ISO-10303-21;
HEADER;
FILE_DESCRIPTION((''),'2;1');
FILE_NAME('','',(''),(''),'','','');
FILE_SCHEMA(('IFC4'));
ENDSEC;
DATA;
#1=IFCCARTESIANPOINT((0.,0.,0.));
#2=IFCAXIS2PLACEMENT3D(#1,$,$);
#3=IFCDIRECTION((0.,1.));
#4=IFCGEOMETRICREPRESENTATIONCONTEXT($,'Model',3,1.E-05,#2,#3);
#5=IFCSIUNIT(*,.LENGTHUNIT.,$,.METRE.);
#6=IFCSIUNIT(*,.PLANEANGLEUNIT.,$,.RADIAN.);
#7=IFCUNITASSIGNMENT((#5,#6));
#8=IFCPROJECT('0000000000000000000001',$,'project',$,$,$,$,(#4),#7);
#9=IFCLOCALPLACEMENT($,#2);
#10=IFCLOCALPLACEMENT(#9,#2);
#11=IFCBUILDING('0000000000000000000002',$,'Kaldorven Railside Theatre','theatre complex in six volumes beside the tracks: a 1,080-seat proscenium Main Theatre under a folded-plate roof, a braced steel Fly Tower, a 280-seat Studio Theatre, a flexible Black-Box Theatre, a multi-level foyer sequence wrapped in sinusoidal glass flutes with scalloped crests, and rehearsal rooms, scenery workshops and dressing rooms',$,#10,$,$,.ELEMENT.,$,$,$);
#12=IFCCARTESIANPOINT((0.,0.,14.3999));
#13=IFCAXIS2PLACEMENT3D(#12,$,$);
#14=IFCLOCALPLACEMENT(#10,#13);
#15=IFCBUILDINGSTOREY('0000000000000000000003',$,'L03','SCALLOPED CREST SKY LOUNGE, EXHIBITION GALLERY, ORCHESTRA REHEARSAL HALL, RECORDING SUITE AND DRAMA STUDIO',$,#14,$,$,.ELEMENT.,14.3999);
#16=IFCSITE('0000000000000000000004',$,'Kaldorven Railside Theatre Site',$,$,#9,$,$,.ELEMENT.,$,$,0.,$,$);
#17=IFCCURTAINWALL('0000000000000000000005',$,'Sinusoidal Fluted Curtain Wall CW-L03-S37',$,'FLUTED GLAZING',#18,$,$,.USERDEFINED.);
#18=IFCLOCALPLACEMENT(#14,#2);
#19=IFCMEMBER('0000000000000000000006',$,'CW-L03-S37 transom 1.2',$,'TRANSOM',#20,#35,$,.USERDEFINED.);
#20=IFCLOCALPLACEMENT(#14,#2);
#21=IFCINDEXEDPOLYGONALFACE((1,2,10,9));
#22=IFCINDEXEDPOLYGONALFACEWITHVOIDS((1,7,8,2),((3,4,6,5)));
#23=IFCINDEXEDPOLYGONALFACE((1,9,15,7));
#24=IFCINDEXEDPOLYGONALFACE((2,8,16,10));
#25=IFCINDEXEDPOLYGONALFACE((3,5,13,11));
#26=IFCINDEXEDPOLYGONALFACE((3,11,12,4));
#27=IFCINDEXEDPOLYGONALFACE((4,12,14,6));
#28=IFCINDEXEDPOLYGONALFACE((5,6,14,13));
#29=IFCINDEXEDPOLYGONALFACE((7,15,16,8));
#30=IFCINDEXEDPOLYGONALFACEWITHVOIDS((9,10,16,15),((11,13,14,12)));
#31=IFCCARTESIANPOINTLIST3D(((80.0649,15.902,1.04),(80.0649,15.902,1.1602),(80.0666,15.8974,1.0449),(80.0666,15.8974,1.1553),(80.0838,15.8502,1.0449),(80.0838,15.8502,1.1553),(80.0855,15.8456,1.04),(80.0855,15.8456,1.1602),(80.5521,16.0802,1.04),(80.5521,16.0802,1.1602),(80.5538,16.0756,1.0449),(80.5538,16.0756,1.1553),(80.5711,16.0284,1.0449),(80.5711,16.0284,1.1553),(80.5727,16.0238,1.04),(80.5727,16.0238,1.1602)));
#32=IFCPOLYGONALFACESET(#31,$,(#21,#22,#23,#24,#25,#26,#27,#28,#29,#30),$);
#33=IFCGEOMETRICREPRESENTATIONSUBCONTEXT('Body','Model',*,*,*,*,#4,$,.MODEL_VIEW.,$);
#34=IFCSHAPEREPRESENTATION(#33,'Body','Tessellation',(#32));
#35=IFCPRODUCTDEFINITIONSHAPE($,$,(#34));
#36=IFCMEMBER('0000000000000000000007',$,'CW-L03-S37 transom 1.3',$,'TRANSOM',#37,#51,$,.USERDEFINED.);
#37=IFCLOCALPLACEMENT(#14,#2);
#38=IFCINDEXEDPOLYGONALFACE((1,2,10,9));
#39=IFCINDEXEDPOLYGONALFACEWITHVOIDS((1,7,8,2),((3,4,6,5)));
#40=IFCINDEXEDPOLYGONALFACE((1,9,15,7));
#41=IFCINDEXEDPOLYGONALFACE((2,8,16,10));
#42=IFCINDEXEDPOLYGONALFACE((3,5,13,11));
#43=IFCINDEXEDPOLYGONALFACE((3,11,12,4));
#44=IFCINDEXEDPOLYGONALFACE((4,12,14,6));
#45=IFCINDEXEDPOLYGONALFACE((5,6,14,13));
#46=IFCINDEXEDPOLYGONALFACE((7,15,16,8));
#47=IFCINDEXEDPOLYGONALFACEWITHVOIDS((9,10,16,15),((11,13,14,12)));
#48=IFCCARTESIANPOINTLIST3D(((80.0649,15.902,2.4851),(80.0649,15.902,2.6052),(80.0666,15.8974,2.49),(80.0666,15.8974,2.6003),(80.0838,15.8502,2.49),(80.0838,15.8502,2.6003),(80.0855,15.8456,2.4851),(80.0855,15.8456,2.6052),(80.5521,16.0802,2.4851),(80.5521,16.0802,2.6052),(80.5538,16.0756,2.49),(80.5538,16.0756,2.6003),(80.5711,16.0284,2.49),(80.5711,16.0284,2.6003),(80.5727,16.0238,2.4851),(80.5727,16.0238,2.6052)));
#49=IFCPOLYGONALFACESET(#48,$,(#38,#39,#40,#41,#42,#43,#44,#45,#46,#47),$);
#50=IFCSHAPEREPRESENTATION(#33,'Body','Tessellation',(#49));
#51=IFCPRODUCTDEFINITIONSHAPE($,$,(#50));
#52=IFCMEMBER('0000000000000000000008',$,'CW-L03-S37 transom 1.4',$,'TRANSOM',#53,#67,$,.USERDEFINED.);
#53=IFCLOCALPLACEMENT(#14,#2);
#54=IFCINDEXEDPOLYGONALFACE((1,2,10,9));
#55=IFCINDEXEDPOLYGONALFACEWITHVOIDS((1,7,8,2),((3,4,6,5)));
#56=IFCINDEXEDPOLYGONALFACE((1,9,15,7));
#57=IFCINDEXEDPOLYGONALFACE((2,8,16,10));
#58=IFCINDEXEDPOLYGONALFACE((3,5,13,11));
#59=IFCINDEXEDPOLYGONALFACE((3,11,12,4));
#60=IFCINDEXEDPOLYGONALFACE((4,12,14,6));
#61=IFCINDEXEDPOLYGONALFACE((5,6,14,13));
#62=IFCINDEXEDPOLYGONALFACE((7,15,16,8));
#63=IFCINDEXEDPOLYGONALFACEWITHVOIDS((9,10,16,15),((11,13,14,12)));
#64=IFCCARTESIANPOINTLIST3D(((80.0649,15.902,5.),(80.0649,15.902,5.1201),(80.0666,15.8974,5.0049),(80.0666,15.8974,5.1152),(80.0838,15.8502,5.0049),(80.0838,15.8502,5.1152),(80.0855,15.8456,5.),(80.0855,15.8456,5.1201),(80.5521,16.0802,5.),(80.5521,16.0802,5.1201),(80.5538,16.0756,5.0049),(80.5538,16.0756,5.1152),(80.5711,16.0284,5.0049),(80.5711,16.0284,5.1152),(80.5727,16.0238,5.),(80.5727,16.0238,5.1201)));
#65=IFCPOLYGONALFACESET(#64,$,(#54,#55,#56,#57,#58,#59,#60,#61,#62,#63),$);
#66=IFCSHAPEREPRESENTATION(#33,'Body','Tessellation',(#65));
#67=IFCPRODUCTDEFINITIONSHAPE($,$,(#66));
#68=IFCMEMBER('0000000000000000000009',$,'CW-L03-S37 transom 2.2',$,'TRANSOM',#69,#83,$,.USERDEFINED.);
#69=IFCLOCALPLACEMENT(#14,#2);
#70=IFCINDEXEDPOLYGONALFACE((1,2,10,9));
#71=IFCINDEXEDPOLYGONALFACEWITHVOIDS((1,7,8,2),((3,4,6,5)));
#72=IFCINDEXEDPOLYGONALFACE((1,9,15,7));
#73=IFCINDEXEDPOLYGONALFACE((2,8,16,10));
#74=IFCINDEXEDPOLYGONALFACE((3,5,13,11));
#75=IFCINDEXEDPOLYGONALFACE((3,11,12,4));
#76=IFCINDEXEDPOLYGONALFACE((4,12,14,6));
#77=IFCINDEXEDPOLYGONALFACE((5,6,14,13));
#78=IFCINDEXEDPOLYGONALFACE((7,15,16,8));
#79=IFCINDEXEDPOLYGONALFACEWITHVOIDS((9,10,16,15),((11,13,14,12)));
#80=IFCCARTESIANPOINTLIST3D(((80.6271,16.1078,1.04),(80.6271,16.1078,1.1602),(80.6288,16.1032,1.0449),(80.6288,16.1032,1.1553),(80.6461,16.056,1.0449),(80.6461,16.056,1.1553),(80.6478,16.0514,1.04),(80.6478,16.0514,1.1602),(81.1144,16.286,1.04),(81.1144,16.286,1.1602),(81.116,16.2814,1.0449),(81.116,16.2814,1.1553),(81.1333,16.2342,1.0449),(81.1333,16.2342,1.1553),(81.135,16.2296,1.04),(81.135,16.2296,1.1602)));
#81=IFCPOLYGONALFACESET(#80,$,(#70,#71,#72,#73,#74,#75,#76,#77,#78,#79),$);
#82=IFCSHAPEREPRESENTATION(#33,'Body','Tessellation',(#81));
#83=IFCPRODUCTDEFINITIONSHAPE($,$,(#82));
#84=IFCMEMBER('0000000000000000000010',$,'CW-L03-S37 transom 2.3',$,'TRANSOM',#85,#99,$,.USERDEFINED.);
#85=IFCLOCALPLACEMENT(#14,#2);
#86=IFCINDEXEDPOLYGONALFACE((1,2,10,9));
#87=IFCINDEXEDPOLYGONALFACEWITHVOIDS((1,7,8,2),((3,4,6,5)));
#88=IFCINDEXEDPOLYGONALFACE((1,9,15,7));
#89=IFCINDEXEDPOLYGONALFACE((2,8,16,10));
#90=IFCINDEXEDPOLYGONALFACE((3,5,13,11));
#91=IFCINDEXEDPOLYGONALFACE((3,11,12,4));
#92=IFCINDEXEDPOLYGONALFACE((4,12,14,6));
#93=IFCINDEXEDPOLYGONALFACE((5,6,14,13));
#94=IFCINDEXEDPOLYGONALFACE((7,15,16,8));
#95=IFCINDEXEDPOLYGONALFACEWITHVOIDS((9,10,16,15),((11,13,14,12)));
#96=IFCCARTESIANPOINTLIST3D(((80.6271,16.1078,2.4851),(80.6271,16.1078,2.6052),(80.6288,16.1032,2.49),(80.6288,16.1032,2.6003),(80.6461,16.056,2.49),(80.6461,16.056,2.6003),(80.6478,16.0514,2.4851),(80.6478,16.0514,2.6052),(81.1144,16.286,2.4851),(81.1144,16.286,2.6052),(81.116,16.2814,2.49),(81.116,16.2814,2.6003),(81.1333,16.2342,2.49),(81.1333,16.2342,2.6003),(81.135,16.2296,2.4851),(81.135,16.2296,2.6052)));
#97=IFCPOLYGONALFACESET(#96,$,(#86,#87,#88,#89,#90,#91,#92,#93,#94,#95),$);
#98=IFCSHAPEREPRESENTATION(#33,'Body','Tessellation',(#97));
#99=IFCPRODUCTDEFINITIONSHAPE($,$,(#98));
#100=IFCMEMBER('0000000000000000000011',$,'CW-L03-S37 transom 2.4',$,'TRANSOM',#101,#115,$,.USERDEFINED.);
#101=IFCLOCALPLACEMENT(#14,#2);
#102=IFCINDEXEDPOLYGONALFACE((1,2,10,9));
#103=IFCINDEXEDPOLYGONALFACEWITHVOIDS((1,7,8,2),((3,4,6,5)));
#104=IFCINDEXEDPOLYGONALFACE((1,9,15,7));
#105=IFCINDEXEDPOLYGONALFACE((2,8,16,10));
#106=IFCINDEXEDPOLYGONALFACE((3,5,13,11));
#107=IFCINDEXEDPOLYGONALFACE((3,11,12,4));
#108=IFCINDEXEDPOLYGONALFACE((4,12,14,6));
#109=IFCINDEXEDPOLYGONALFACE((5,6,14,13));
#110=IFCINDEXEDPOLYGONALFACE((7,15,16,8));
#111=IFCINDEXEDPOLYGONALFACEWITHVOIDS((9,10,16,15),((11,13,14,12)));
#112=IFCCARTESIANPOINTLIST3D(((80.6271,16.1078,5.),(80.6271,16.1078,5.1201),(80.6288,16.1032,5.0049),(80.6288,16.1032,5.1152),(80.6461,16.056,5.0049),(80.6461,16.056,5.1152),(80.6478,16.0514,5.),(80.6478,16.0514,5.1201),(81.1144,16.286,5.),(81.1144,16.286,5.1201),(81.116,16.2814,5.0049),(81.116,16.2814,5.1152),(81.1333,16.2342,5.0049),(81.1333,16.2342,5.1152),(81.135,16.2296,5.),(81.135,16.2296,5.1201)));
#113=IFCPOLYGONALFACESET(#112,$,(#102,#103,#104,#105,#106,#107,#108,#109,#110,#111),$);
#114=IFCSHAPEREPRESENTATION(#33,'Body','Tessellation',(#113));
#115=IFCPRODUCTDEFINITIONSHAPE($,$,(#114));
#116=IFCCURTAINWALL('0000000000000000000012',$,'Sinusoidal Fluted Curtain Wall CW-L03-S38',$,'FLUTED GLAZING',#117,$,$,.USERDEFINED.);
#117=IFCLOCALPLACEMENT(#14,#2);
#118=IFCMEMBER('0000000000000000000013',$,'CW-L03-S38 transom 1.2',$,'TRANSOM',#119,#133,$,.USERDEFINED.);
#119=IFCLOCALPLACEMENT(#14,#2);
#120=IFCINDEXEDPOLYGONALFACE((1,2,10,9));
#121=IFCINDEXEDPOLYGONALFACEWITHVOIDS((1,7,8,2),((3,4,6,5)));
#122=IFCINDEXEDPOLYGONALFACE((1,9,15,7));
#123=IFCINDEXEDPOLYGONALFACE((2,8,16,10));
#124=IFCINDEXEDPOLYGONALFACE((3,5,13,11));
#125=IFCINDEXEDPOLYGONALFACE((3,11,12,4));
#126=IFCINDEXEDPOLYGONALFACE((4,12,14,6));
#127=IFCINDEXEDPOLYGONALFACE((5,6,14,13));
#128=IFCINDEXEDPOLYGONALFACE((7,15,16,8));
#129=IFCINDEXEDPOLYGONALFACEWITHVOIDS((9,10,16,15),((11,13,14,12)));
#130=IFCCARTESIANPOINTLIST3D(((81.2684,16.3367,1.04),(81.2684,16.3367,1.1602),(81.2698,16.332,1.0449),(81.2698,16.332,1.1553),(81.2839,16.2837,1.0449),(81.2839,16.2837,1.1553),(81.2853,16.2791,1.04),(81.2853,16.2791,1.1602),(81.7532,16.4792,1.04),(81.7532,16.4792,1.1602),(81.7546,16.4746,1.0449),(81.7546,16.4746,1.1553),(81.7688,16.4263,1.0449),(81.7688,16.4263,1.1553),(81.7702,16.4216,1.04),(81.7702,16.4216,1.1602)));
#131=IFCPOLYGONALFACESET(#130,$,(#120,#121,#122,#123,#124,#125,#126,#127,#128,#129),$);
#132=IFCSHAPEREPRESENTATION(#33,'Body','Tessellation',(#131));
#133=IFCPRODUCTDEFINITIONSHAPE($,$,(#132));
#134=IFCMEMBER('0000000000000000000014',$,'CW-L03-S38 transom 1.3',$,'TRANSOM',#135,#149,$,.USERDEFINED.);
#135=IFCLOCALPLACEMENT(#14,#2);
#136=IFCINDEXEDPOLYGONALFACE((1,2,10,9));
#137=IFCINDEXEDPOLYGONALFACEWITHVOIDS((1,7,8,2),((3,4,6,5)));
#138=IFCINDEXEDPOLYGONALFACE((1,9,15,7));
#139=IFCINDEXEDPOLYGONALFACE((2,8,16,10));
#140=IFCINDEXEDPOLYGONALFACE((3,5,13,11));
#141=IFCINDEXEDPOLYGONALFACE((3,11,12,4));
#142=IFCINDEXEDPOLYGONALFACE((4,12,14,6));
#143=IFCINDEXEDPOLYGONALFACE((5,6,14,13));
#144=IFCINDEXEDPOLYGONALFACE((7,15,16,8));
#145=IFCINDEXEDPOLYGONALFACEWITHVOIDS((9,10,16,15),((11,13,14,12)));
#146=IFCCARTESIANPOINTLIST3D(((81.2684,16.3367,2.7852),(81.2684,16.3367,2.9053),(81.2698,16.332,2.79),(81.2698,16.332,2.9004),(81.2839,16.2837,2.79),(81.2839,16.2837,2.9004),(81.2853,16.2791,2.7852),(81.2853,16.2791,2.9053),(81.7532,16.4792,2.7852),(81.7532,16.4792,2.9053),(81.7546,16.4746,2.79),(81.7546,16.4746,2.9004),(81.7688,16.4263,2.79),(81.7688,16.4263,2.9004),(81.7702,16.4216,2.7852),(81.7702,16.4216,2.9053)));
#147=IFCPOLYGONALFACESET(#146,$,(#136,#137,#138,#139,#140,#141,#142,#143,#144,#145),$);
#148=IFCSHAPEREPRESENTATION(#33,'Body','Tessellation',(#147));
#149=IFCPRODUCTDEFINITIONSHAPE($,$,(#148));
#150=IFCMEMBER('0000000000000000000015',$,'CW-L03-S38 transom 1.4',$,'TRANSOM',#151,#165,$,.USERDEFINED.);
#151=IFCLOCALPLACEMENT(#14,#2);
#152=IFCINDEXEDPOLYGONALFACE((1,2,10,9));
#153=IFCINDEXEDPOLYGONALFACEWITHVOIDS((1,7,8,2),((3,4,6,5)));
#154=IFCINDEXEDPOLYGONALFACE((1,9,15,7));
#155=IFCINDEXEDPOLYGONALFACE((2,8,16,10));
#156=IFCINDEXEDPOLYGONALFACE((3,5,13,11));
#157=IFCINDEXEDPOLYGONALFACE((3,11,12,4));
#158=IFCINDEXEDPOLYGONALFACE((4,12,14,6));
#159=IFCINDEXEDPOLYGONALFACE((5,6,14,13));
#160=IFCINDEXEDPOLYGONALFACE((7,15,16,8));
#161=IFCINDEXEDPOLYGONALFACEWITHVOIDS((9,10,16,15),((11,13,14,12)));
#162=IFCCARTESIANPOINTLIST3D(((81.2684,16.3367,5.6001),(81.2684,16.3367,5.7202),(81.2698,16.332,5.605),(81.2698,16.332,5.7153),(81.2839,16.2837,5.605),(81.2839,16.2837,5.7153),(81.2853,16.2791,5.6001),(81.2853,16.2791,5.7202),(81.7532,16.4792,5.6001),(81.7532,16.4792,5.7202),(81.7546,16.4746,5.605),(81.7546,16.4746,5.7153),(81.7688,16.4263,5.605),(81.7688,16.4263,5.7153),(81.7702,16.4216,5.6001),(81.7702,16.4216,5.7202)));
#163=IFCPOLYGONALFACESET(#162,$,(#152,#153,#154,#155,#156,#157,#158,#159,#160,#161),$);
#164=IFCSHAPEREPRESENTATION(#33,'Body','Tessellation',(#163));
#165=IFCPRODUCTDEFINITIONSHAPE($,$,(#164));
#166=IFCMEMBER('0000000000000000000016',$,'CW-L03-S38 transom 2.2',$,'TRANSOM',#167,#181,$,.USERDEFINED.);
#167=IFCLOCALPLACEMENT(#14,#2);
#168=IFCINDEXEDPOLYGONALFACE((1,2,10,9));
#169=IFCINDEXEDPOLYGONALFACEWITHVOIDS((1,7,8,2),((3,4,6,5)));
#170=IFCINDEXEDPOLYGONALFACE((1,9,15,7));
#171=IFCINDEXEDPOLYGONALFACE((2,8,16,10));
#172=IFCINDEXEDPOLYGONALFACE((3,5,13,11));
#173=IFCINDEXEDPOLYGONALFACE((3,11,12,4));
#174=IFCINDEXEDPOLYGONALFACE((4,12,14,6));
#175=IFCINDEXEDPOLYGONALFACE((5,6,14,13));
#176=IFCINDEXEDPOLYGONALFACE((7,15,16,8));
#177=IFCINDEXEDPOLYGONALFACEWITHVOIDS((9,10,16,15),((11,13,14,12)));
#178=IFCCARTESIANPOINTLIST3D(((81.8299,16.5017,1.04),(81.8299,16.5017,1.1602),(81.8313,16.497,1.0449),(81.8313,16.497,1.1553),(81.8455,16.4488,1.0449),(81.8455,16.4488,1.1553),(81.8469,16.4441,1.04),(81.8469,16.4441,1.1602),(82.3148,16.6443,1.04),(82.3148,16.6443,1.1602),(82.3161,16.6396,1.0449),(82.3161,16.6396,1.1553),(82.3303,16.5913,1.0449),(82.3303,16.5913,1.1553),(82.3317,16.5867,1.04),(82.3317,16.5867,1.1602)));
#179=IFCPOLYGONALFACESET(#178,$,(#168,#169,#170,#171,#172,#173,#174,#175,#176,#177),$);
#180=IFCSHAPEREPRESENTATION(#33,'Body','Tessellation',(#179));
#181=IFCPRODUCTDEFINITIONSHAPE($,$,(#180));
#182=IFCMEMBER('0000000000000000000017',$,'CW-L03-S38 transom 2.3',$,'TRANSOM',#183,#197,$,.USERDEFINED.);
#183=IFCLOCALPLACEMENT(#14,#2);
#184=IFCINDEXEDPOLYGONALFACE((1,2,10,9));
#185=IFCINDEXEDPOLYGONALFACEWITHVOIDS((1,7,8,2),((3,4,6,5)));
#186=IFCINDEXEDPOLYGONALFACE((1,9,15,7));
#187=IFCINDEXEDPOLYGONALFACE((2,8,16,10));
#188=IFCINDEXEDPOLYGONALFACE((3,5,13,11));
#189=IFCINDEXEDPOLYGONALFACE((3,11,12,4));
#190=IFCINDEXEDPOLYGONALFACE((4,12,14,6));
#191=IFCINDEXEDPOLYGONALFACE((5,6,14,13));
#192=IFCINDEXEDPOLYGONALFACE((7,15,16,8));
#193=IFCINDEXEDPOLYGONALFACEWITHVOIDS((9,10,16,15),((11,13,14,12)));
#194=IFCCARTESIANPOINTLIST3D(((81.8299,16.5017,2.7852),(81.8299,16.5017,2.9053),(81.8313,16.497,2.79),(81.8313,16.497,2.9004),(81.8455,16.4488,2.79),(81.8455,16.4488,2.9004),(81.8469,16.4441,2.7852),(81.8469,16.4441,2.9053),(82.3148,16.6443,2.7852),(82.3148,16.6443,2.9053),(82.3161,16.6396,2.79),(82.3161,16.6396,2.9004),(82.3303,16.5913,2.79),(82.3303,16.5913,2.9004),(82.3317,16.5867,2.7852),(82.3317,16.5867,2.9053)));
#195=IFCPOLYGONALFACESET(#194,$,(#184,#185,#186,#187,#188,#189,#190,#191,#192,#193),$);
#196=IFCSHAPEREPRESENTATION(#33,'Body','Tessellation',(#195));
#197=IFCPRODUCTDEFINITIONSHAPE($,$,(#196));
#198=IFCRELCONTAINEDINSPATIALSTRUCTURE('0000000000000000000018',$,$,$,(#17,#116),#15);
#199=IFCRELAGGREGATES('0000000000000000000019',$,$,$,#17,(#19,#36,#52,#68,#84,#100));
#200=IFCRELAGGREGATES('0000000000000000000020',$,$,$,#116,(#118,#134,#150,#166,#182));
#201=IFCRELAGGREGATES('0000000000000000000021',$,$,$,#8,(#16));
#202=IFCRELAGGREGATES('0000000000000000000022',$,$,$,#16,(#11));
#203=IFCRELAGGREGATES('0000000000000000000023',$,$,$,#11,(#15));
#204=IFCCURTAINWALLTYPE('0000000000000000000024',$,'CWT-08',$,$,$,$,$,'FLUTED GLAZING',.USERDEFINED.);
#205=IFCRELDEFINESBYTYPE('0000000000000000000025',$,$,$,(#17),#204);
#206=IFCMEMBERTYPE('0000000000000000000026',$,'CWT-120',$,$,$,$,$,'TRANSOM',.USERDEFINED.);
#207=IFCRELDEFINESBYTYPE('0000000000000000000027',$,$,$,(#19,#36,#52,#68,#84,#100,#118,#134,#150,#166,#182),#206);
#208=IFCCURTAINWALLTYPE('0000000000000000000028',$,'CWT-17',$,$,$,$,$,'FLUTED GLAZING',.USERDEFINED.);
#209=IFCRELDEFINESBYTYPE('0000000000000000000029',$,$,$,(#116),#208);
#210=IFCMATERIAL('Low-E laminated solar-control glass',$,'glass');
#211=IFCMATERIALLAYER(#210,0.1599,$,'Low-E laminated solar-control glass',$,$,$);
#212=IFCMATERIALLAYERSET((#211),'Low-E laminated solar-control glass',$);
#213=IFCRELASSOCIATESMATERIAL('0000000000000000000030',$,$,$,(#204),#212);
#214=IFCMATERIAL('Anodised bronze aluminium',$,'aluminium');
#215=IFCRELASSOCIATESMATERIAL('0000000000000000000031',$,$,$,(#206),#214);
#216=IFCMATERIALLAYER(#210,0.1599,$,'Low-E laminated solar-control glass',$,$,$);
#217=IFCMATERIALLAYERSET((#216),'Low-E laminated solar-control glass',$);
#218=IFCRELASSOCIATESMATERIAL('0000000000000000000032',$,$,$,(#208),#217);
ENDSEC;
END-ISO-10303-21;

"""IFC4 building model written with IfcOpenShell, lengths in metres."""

from ifc_helpers import new_model, si_unit, direction, frame, origin, origin_2d, place, context, subcontext, project, spatial, hollow_rectangle, extrude, material, layer, layer_set, material_profile, profile_set, type_object, element, aggregate, save


model = new_model("IFC4")

# Units and contexts
model_context = context("Model", 3, precision=1e-05, world=origin(), true_north=direction((0.0, 1.0)))
body_context = subcontext(model_context, "Body", "Model", "MODEL_VIEW")
ifc_project = project(units=[si_unit("LENGTHUNIT", "METRE"), si_unit("PLANEANGLEUNIT", "RADIAN")], contexts=[model_context])

# Site, building, storey
site_placement = place(None, origin())
site = spatial("IfcSite", under=ifc_project, at=site_placement, Name="Kaldorven Railside Theatre Site", CompositionType="ELEMENT", RefElevation=0.0)
building_placement = place(site_placement, origin())
building = spatial("IfcBuilding", under=site, at=building_placement, Name="Kaldorven Railside Theatre", Description="theatre complex in six volumes beside the tracks: a 1,080-seat proscenium Main Theatre under a folded-plate roof, a braced steel Fly Tower, a 280-seat Studio Theatre, a flexible Black-Box Theatre, a multi-level foyer sequence wrapped in sinusoidal glass flutes with scalloped crests, and rehearsal rooms, scenery workshops and dressing rooms", CompositionType="ELEMENT")
storey_placement = place(building_placement, frame((0.0, 0.0, 14.3999)))
storey = spatial("IfcBuildingStorey", under=building, at=storey_placement, Name="L03", Description="SCALLOPED CREST SKY LOUNGE, EXHIBITION GALLERY, ORCHESTRA REHEARSAL HALL, RECORDING SUITE AND DRAMA STUDIO", CompositionType="ELEMENT", Elevation=14.3999)

# Curtain walls, members
ifc_material_1 = material(Name="Low-E laminated solar-control glass", Category="glass")
ifc_layer_1 = layer(ifc_material_1, 0.1599, Name="Low-E laminated solar-control glass")
ifc_layer_set_1 = layer_set([ifc_layer_1], Name="Low-E laminated solar-control glass")
curtain_wall_type_1 = type_object("IfcCurtainWallType", Name="CWT-08", ElementType="FLUTED GLAZING", PredefinedType="USERDEFINED", material=ifc_layer_set_1)
curtain_wall_1_placement = place(storey_placement, origin())
curtain_wall_1 = element("IfcCurtainWall", 1, at=curtain_wall_1_placement, inside=storey, type_object=curtain_wall_type_1, Name="Sinusoidal Fluted Curtain Wall CW-L03-S37", ObjectType="FLUTED GLAZING", PredefinedType="USERDEFINED")
ifc_material_2 = material(Name="Anodised bronze aluminium", Category="aluminium")
ifc_material_profile = material_profile(ifc_material_2, hollow_rectangle(XDim=0.0601, YDim=0.1201, WallThickness=0.0049, at=origin_2d()), Name="RHS 120x60x5")
ifc_profile_set = profile_set([ifc_material_profile], Name="Anodised bronze aluminium")
member_type = type_object("IfcMemberType", Name="CWT-120", ElementType="TRANSOM", PredefinedType="USERDEFINED", material=ifc_profile_set)
member_1_placement = place(storey_placement, frame((80.0752, 15.8738, 1.1001), z_axis=(0.93916, 0.34348, 0.0), x_axis=(-0.34348, 0.93916, 0.0)))
member_1 = element("IfcMember", 2, at=member_1_placement, type_object=member_type, Name="CW-L03-S37 transom 1.2", ObjectType="TRANSOM", PredefinedType="USERDEFINED", context=body_context, shape_type="SweptSolid", body=[
    extrude(hollow_rectangle(XDim=0.0601, YDim=0.1201, WallThickness=0.0049, at=origin_2d()), origin(), (0.0, 0.0, 1.0), 0.5188),
])
member_2_placement = place(storey_placement, frame((80.0752, 15.8738, 2.5452), z_axis=(0.93916, 0.34348, 0.0), x_axis=(-0.34348, 0.93916, 0.0)))
member_2 = element("IfcMember", 3, at=member_2_placement, type_object=member_type, Name="CW-L03-S37 transom 1.3", ObjectType="TRANSOM", PredefinedType="USERDEFINED", context=body_context, shape_type="SweptSolid", body=[
    extrude(hollow_rectangle(XDim=0.0601, YDim=0.1201, WallThickness=0.0049, at=origin_2d()), origin(), (0.0, 0.0, 1.0), 0.5188),
])
member_3_placement = place(storey_placement, frame((80.0752, 15.8738, 5.0601), z_axis=(0.93916, 0.34348, 0.0), x_axis=(-0.34348, 0.93916, 0.0)))
member_3 = element("IfcMember", 4, at=member_3_placement, type_object=member_type, Name="CW-L03-S37 transom 1.4", ObjectType="TRANSOM", PredefinedType="USERDEFINED", context=body_context, shape_type="SweptSolid", body=[
    extrude(hollow_rectangle(XDim=0.0601, YDim=0.1201, WallThickness=0.0049, at=origin_2d()), origin(), (0.0, 0.0, 1.0), 0.5188),
])
member_4_placement = place(storey_placement, frame((80.6375, 16.0796, 1.1001), z_axis=(0.93916, 0.34348, 0.0), x_axis=(-0.34348, 0.93916, 0.0)))
member_4 = element("IfcMember", 5, at=member_4_placement, type_object=member_type, Name="CW-L03-S37 transom 2.2", ObjectType="TRANSOM", PredefinedType="USERDEFINED", context=body_context, shape_type="SweptSolid", body=[
    extrude(hollow_rectangle(XDim=0.0601, YDim=0.1201, WallThickness=0.0049, at=origin_2d()), origin(), (0.0, 0.0, 1.0), 0.5188),
])
member_5_placement = place(storey_placement, frame((80.6375, 16.0796, 2.5452), z_axis=(0.93916, 0.34348, 0.0), x_axis=(-0.34348, 0.93916, 0.0)))
member_5 = element("IfcMember", 6, at=member_5_placement, type_object=member_type, Name="CW-L03-S37 transom 2.3", ObjectType="TRANSOM", PredefinedType="USERDEFINED", context=body_context, shape_type="SweptSolid", body=[
    extrude(hollow_rectangle(XDim=0.0601, YDim=0.1201, WallThickness=0.0049, at=origin_2d()), origin(), (0.0, 0.0, 1.0), 0.5188),
])
member_6_placement = place(storey_placement, frame((80.6375, 16.0796, 5.0601), z_axis=(0.93916, 0.34348, 0.0), x_axis=(-0.34348, 0.93916, 0.0)))
member_6 = element("IfcMember", 7, at=member_6_placement, type_object=member_type, Name="CW-L03-S37 transom 2.4", ObjectType="TRANSOM", PredefinedType="USERDEFINED", context=body_context, shape_type="SweptSolid", body=[
    extrude(hollow_rectangle(XDim=0.0601, YDim=0.1201, WallThickness=0.0049, at=origin_2d()), origin(), (0.0, 0.0, 1.0), 0.5188),
])
ifc_layer_2 = layer(ifc_material_1, 0.1599, Name="Low-E laminated solar-control glass")
ifc_layer_set_2 = layer_set([ifc_layer_2], Name="Low-E laminated solar-control glass")
curtain_wall_type_2 = type_object("IfcCurtainWallType", Name="CWT-17", ElementType="FLUTED GLAZING", PredefinedType="USERDEFINED", material=ifc_layer_set_2)
curtain_wall_2_placement = place(storey_placement, origin())
curtain_wall_2 = element("IfcCurtainWall", 8, at=curtain_wall_2_placement, inside=storey, type_object=curtain_wall_type_2, Name="Sinusoidal Fluted Curtain Wall CW-L03-S38", ObjectType="FLUTED GLAZING", PredefinedType="USERDEFINED")
member_7_placement = place(storey_placement, frame((81.2769, 16.3079, 1.1001), z_axis=(0.959381, 0.282114, 0.0), x_axis=(-0.282114, 0.959381, 0.0)))
member_7 = element("IfcMember", 9, at=member_7_placement, type_object=member_type, Name="CW-L03-S38 transom 1.2", ObjectType="TRANSOM", PredefinedType="USERDEFINED", context=body_context, shape_type="SweptSolid", body=[
    extrude(hollow_rectangle(XDim=0.0601, YDim=0.1201, WallThickness=0.0049, at=origin_2d()), origin(), (0.0, 0.0, 1.0), 0.5054),
])
member_8_placement = place(storey_placement, frame((81.2769, 16.3079, 2.8452), z_axis=(0.959381, 0.282114, 0.0), x_axis=(-0.282114, 0.959381, 0.0)))
member_8 = element("IfcMember", 10, at=member_8_placement, type_object=member_type, Name="CW-L03-S38 transom 1.3", ObjectType="TRANSOM", PredefinedType="USERDEFINED", context=body_context, shape_type="SweptSolid", body=[
    extrude(hollow_rectangle(XDim=0.0601, YDim=0.1201, WallThickness=0.0049, at=origin_2d()), origin(), (0.0, 0.0, 1.0), 0.5054),
])
member_9_placement = place(storey_placement, frame((81.2769, 16.3079, 5.6602), z_axis=(0.959381, 0.282114, 0.0), x_axis=(-0.282114, 0.959381, 0.0)))
member_9 = element("IfcMember", 11, at=member_9_placement, type_object=member_type, Name="CW-L03-S38 transom 1.4", ObjectType="TRANSOM", PredefinedType="USERDEFINED", context=body_context, shape_type="SweptSolid", body=[
    extrude(hollow_rectangle(XDim=0.0601, YDim=0.1201, WallThickness=0.0049, at=origin_2d()), origin(), (0.0, 0.0, 1.0), 0.5054),
])
member_10_placement = place(storey_placement, frame((81.8384, 16.4729, 1.1001), z_axis=(0.959381, 0.282114, 0.0), x_axis=(-0.282114, 0.959381, 0.0)))
member_10 = element("IfcMember", 12, at=member_10_placement, type_object=member_type, Name="CW-L03-S38 transom 2.2", ObjectType="TRANSOM", PredefinedType="USERDEFINED", context=body_context, shape_type="SweptSolid", body=[
    extrude(hollow_rectangle(XDim=0.0601, YDim=0.1201, WallThickness=0.0049, at=origin_2d()), origin(), (0.0, 0.0, 1.0), 0.5054),
])
member_11_placement = place(storey_placement, frame((81.8384, 16.4729, 2.8452), z_axis=(0.959381, 0.282114, 0.0), x_axis=(-0.282114, 0.959381, 0.0)))
member_11 = element("IfcMember", 13, at=member_11_placement, type_object=member_type, Name="CW-L03-S38 transom 2.3", ObjectType="TRANSOM", PredefinedType="USERDEFINED", context=body_context, shape_type="SweptSolid", body=[
    extrude(hollow_rectangle(XDim=0.0601, YDim=0.1201, WallThickness=0.0049, at=origin_2d()), origin(), (0.0, 0.0, 1.0), 0.5054),
])

aggregate(curtain_wall_1, [member_1, member_2, member_3, member_4, member_5, member_6])
aggregate(curtain_wall_2, [member_7, member_8, member_9, member_10, member_11])

save(model, "model.ifc")
